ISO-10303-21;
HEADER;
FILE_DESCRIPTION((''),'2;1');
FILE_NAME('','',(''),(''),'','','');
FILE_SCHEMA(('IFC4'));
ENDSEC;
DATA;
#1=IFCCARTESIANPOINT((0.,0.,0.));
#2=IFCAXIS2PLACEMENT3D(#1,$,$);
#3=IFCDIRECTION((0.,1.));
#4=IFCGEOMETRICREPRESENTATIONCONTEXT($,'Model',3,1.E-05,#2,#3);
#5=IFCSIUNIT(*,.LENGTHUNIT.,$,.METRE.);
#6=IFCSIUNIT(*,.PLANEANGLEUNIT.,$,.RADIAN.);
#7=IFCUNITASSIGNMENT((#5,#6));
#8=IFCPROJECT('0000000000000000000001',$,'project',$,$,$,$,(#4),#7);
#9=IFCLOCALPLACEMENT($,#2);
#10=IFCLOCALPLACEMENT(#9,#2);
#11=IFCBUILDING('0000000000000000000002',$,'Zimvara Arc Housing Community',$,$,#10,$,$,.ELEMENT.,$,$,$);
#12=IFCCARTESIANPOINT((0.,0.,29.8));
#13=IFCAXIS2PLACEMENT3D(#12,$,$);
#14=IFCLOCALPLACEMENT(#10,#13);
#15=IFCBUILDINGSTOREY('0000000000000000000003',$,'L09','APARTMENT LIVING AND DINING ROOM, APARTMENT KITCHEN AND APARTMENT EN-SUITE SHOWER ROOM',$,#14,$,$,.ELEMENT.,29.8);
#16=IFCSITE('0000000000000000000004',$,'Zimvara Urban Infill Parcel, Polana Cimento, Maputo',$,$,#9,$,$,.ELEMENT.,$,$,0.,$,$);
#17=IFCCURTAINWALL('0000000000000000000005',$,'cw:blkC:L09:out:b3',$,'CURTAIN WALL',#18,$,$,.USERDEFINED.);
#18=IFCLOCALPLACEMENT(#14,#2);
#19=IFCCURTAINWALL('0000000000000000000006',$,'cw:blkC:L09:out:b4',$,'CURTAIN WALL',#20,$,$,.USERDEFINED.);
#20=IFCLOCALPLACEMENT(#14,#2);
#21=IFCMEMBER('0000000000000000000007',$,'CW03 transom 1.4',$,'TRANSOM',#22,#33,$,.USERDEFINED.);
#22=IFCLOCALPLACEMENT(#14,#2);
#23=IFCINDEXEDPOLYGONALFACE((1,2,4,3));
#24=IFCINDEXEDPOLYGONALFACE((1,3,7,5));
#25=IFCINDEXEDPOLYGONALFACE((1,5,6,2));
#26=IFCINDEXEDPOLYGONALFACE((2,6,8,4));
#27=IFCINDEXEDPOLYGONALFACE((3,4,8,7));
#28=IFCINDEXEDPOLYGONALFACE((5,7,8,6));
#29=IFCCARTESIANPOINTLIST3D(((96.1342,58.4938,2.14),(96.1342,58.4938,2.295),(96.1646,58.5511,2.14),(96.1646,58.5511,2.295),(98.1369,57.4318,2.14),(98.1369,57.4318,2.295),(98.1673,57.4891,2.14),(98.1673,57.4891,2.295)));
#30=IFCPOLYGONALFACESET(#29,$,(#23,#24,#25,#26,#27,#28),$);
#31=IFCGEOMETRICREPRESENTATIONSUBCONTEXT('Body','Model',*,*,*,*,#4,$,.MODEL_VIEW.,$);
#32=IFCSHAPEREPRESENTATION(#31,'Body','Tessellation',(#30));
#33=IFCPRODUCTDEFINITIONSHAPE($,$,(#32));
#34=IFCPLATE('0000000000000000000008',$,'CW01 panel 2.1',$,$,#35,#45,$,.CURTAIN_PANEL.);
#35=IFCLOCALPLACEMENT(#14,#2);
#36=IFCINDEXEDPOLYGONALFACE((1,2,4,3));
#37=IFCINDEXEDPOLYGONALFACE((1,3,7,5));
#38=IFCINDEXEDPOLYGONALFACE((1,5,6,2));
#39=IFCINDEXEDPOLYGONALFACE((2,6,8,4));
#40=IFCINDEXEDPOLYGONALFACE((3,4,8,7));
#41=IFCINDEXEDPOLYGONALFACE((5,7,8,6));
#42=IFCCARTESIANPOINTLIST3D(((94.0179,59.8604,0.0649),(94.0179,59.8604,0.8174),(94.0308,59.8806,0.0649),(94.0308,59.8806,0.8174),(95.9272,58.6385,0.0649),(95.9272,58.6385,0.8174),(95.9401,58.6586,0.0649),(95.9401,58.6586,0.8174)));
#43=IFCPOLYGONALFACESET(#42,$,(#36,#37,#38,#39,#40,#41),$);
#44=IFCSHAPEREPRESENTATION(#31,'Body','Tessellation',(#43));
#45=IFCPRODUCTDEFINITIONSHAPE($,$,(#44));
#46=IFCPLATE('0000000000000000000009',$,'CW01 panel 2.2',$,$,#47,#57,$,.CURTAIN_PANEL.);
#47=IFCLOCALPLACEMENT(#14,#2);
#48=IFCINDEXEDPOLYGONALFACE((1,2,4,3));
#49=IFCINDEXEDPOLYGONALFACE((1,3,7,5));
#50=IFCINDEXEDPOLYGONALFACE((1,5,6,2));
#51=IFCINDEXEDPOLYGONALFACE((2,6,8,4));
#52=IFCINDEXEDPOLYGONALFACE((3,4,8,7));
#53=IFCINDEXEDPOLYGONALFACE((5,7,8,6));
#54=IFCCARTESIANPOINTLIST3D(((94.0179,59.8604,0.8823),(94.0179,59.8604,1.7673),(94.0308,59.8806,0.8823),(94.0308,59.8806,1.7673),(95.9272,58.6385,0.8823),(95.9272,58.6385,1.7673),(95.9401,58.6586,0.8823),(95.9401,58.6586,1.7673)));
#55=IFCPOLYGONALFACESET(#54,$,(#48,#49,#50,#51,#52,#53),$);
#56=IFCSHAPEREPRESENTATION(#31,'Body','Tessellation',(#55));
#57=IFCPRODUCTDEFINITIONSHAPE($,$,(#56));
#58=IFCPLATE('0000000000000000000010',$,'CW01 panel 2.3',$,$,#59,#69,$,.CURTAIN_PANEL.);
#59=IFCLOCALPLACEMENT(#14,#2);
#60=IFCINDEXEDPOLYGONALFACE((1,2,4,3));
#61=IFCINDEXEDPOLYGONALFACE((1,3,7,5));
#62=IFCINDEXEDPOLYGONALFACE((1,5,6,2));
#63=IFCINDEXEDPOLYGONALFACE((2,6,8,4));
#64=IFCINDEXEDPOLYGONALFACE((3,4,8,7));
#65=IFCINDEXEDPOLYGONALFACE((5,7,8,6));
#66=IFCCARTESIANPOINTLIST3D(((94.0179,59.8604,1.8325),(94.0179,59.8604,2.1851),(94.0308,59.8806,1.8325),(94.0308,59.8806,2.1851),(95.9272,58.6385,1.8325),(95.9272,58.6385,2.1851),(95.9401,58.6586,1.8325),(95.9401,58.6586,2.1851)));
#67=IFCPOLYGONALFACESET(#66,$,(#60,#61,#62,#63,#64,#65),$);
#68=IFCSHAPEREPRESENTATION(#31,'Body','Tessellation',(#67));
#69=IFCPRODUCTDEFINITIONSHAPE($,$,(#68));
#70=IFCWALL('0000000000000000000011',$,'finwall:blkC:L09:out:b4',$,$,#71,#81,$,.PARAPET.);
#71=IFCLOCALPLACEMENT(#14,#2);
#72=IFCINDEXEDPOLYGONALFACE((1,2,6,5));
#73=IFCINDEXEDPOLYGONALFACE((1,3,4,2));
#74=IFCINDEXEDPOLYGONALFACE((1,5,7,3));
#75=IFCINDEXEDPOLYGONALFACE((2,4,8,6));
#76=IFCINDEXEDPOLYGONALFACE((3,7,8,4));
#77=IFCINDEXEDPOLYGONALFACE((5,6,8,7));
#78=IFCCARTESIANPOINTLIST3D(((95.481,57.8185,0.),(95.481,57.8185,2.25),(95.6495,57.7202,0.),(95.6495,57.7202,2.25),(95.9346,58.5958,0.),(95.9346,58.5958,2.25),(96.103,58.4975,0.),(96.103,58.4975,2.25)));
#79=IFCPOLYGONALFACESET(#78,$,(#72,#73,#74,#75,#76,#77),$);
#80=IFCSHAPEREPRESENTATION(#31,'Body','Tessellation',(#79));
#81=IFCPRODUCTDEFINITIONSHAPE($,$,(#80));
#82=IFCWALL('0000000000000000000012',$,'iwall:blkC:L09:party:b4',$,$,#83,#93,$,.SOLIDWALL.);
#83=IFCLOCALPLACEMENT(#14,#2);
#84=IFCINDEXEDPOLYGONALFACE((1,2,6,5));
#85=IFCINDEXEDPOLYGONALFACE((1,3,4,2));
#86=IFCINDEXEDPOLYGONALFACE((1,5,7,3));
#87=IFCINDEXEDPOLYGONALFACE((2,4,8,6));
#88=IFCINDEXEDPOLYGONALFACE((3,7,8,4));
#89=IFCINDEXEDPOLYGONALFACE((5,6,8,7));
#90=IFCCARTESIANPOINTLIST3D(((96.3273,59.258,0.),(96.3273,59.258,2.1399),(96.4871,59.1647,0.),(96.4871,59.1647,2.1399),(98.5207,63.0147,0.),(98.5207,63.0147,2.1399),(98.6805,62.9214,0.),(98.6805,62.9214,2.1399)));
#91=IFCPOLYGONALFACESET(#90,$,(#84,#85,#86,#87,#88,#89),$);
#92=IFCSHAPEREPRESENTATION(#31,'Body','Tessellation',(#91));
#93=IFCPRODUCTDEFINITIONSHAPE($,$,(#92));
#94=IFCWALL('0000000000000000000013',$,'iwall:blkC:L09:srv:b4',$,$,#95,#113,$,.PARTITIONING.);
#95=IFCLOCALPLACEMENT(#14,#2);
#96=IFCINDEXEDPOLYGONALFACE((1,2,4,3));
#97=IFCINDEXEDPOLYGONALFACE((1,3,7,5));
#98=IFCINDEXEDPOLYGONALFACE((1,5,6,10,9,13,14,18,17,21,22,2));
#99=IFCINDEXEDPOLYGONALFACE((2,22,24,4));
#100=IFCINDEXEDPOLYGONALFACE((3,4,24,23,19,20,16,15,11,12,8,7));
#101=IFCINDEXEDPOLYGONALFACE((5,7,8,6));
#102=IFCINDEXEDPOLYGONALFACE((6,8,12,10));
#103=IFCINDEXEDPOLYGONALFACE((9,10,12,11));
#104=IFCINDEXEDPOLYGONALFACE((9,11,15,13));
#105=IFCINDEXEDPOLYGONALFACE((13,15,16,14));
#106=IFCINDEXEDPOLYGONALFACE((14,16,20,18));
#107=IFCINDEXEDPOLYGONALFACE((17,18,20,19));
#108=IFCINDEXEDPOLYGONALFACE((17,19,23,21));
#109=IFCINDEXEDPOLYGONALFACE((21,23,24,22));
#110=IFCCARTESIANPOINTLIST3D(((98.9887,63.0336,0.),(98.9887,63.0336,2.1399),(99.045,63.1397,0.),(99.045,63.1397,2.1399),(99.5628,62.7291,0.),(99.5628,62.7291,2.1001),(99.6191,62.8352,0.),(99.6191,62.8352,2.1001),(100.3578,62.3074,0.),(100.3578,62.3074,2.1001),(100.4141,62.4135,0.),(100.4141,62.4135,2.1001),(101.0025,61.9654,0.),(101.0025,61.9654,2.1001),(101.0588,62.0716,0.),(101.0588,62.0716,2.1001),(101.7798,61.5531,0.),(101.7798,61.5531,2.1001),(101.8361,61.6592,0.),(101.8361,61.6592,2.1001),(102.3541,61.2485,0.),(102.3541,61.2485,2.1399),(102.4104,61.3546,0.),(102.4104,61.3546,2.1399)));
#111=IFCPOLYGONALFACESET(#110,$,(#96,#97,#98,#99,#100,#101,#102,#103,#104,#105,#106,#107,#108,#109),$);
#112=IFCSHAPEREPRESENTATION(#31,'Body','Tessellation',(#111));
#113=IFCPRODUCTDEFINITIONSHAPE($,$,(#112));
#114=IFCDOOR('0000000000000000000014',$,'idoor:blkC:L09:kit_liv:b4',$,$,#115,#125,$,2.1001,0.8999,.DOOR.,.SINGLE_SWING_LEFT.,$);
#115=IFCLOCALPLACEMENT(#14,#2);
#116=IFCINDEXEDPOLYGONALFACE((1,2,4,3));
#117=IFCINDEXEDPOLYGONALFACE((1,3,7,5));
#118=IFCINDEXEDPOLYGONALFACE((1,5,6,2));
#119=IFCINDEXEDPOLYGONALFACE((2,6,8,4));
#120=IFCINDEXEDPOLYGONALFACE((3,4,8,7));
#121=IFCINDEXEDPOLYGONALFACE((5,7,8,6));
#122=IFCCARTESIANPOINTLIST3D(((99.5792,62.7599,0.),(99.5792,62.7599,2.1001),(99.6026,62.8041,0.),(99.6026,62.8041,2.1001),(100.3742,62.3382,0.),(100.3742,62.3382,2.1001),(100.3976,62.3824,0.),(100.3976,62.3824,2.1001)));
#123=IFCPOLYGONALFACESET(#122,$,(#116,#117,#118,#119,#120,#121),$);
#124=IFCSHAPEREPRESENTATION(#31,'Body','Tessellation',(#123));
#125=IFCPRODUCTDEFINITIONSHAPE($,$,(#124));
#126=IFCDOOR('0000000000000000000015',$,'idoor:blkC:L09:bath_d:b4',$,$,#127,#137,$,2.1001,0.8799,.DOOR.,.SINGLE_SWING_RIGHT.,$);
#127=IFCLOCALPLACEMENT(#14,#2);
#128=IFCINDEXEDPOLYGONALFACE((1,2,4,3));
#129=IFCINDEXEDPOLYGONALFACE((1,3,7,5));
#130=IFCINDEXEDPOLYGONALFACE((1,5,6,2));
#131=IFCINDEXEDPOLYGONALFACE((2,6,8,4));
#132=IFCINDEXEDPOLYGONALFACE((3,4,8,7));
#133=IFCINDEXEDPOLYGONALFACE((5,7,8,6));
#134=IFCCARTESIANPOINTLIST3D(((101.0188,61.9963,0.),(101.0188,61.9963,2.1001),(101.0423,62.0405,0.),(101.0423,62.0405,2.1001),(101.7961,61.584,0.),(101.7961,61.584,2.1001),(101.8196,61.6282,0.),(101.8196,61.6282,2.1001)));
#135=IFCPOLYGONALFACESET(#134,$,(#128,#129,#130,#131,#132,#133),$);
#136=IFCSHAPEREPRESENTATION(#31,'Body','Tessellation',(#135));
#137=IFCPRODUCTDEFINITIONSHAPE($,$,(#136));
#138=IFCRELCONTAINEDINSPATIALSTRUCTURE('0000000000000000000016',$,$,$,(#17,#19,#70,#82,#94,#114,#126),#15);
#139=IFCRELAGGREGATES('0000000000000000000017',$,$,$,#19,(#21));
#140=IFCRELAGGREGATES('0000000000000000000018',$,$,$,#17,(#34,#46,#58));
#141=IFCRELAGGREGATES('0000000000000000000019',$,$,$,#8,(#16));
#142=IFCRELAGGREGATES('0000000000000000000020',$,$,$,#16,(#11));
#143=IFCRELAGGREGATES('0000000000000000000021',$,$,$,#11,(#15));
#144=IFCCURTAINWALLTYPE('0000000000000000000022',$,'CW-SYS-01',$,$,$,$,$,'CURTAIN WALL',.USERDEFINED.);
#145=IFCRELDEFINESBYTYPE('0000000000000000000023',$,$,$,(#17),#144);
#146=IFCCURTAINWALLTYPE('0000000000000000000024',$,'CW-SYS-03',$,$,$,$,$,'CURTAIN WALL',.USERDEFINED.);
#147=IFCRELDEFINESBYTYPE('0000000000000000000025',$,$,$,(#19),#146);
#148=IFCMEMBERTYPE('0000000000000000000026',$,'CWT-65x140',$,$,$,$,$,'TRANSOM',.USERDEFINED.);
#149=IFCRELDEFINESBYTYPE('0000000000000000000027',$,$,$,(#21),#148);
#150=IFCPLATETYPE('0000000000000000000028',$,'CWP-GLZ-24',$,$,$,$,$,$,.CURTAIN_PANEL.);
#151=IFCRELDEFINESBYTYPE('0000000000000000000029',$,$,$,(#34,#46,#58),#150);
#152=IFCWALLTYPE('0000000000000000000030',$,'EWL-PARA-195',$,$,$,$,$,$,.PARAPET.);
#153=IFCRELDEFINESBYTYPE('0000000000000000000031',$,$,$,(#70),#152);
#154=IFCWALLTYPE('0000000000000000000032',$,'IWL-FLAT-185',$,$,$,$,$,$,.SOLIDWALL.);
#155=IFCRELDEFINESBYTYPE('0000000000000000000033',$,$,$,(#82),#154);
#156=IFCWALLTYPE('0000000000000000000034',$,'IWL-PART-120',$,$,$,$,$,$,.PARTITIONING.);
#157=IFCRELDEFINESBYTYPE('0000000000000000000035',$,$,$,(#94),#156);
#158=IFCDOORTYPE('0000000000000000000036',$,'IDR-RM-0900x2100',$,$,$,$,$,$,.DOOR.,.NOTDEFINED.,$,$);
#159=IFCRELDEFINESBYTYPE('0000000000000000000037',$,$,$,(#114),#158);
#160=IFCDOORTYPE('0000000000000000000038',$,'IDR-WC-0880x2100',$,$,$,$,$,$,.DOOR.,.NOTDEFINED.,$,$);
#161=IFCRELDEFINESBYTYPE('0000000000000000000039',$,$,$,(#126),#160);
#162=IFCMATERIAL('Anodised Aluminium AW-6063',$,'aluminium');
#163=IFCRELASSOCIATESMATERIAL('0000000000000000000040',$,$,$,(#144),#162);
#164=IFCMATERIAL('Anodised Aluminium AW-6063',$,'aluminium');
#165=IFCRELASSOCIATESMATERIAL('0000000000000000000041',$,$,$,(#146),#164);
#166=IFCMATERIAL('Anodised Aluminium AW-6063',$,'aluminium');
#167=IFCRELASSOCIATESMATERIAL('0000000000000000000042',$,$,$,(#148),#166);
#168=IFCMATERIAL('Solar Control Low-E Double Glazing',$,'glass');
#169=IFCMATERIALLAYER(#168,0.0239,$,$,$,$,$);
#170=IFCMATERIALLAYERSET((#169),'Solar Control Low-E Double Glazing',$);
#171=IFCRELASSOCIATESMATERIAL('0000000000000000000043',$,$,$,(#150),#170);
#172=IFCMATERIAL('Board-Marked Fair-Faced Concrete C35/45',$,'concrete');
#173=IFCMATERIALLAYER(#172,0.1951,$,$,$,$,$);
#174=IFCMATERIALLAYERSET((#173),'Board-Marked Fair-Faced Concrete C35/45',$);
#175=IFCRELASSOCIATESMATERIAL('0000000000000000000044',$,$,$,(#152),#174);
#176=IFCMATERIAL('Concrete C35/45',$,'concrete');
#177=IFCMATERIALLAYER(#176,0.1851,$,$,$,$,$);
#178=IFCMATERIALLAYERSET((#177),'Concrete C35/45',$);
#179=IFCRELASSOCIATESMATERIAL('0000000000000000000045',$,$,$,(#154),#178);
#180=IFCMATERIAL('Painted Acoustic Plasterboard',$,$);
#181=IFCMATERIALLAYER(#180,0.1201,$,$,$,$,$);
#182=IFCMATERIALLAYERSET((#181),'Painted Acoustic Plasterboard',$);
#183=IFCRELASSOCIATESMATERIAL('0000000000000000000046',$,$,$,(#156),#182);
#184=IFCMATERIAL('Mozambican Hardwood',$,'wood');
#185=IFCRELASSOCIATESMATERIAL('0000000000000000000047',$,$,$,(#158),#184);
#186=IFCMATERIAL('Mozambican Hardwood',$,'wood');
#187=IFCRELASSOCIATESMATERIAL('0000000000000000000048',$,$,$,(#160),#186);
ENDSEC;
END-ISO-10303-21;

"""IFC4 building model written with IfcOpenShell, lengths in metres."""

from ifc_helpers import new_model, si_unit, direction, frame, frame_2d, origin, origin_2d, place, context, subcontext, project, spatial, rectangle, extrude, material, layer, layer_set, material_profile, profile_set, type_object, element, fill, aggregate, save


model = new_model("IFC4")

# Units and contexts
model_context = context("Model", 3, precision=1e-05, world=origin(), true_north=direction((0.0, 1.0)))
body_context = subcontext(model_context, "Body", "Model", "MODEL_VIEW")
ifc_project = project(units=[si_unit("LENGTHUNIT", "METRE"), si_unit("PLANEANGLEUNIT", "RADIAN")], contexts=[model_context])

# Site, building, storey
site_placement = place(None, origin())
site = spatial("IfcSite", under=ifc_project, at=site_placement, Name="Zimvara Urban Infill Parcel, Polana Cimento, Maputo", CompositionType="ELEMENT", RefElevation=0.0)
building_placement = place(site_placement, origin())
building = spatial("IfcBuilding", under=site, at=building_placement, Name="Zimvara Arc Housing Community", CompositionType="ELEMENT")
storey_placement = place(building_placement, frame((0.0, 0.0, 29.8)))
storey = spatial("IfcBuildingStorey", under=building, at=storey_placement, Name="L09", Description="APARTMENT LIVING AND DINING ROOM, APARTMENT KITCHEN AND APARTMENT EN-SUITE SHOWER ROOM", CompositionType="ELEMENT", Elevation=29.8)

# Curtain walls
ifc_material_1 = material(Name="Anodised Aluminium AW-6063", Category="aluminium")
curtain_wall_type_1 = type_object("IfcCurtainWallType", Name="CW-SYS-01", ElementType="CURTAIN WALL", PredefinedType="USERDEFINED", material=ifc_material_1)
curtain_wall_1_placement = place(storey_placement, origin())
curtain_wall_1 = element("IfcCurtainWall", 1, at=curtain_wall_1_placement, inside=storey, type_object=curtain_wall_type_1, Name="cw:blkC:L09:out:b3", ObjectType="CURTAIN WALL", PredefinedType="USERDEFINED")
ifc_material_2 = material(Name="Anodised Aluminium AW-6063", Category="aluminium")
curtain_wall_type_2 = type_object("IfcCurtainWallType", Name="CW-SYS-03", ElementType="CURTAIN WALL", PredefinedType="USERDEFINED", material=ifc_material_2)
curtain_wall_2_placement = place(storey_placement, origin())
curtain_wall_2 = element("IfcCurtainWall", 2, at=curtain_wall_2_placement, inside=storey, type_object=curtain_wall_type_2, Name="cw:blkC:L09:out:b4", ObjectType="CURTAIN WALL", PredefinedType="USERDEFINED")

# Member
ifc_material_3 = material(Name="Anodised Aluminium AW-6063", Category="aluminium")
ifc_material_profile_1 = material_profile(ifc_material_3, rectangle(XDim=0.0649, YDim=0.155, at=origin_2d()), Name="ALU 65x155")
ifc_profile_set_1 = profile_set([ifc_material_profile_1], Name="Anodised Aluminium AW-6063")
member_type_1 = type_object("IfcMemberType", Name="CWT-65x140", ElementType="TRANSOM", PredefinedType="USERDEFINED", material=ifc_profile_set_1)
member_1_placement = place(storey_placement, frame((96.1494, 58.5225, 2.2175), z_axis=(0.883465, -0.468496, 0.0), x_axis=(0.468496, 0.883465, 0.0)))
member_1 = element("IfcMember", 3, at=member_1_placement, type_object=member_type_1, Name="CW03 transom 1.4", ObjectType="TRANSOM", PredefinedType="USERDEFINED", context=body_context, shape_type="SweptSolid", body=[
    extrude(rectangle(XDim=0.0649, YDim=0.155, at=origin_2d()), origin(), (0.0, 0.0, 1.0), 2.2668),
])
aggregate(curtain_wall_2, [member_1])

# Plates
ifc_material_4 = material(Name="Solar Control Low-E Double Glazing", Category="glass")
ifc_layer_1 = layer(ifc_material_4, 0.0239)
ifc_layer_set_1 = layer_set([ifc_layer_1], Name="Solar Control Low-E Double Glazing")
plate_type = type_object("IfcPlateType", Name="CWP-GLZ-24", PredefinedType="CURTAIN_PANEL", material=ifc_layer_set_1)
plate_1_placement = place(storey_placement, frame((94.979, 59.2595, 0.0649), z_axis=(0.0, 0.0, 1.0), x_axis=(0.842264, -0.539065, 0.0)))
plate_1 = element("IfcPlate", 4, at=plate_1_placement, type_object=plate_type, Name="CW01 panel 2.1", PredefinedType="CURTAIN_PANEL", context=body_context, shape_type="SweptSolid", body=[
    extrude(rectangle(XDim=2.2668, YDim=0.0239, at=origin_2d()), origin(), (0.0, 0.0, 1.0), 0.7524),
])
plate_2_placement = place(storey_placement, frame((94.979, 59.2595, 0.8823), z_axis=(0.0, 0.0, 1.0), x_axis=(0.842264, -0.539065, 0.0)))
plate_2 = element("IfcPlate", 5, at=plate_2_placement, type_object=plate_type, Name="CW01 panel 2.2", PredefinedType="CURTAIN_PANEL", context=body_context, shape_type="SweptSolid", body=[
    extrude(rectangle(XDim=2.2668, YDim=0.0239, at=origin_2d()), origin(), (0.0, 0.0, 1.0), 0.885),
])
plate_3_placement = place(storey_placement, frame((94.979, 59.2595, 1.8325), z_axis=(0.0, 0.0, 1.0), x_axis=(0.842264, -0.539065, 0.0)))
plate_3 = element("IfcPlate", 6, at=plate_3_placement, type_object=plate_type, Name="CW01 panel 2.3", PredefinedType="CURTAIN_PANEL", context=body_context, shape_type="SweptSolid", body=[
    extrude(rectangle(XDim=2.2668, YDim=0.0239, at=origin_2d()), origin(), (0.0, 0.0, 1.0), 0.3525),
])
aggregate(curtain_wall_1, [plate_1, plate_2, plate_3])

# Walls
ifc_material_5 = material(Name="Board-Marked Fair-Faced Concrete C35/45", Category="concrete")
ifc_layer_2 = layer(ifc_material_5, 0.1951)
ifc_layer_set_2 = layer_set([ifc_layer_2], Name="Board-Marked Fair-Faced Concrete C35/45")
wall_type_1 = type_object("IfcWallType", Name="EWL-PARA-195", PredefinedType="PARAPET", material=ifc_layer_set_2)
wall_1_placement = place(storey_placement, frame((96.0188, 58.5466, 0.0), z_axis=(0.0, 0.0, 1.0), x_axis=(-0.504006, -0.8637, 0.0)))
element("IfcWall", 7, at=wall_1_placement, inside=storey, type_object=wall_type_1, Name="finwall:blkC:L09:out:b4", PredefinedType="PARAPET", context=body_context, shape_type="SweptSolid", body=[
    extrude(rectangle(XDim=0.8999, YDim=0.1951, at=frame_2d((0.45, 0.0))), origin(), (0.0, 0.0, 1.0), 2.25),
])
ifc_material_6 = material(Name="Concrete C35/45", Category="concrete")
ifc_layer_3 = layer(ifc_material_6, 0.1851)
ifc_layer_set_3 = layer_set([ifc_layer_3], Name="Concrete C35/45")
wall_type_2 = type_object("IfcWallType", Name="IWL-FLAT-185", PredefinedType="SOLIDWALL", material=ifc_layer_set_3)
wall_2_placement = place(storey_placement, frame((98.6006, 62.968, 0.0), z_axis=(0.0, 0.0, 1.0), x_axis=(-0.504216, -0.863577, 0.0)))
element("IfcWall", 8, at=wall_2_placement, inside=storey, type_object=wall_type_2, Name="iwall:blkC:L09:party:b4", PredefinedType="SOLIDWALL", context=body_context, shape_type="SweptSolid", body=[
    extrude(rectangle(XDim=4.3501, YDim=0.1851, at=frame_2d((2.175, 0.0))), origin(), (0.0, 0.0, 1.0), 2.1399),
])

# Wall, openings, doors
ifc_material_7 = material(Name="Painted Acoustic Plasterboard")
ifc_layer_4 = layer(ifc_material_7, 0.1201)
ifc_layer_set_4 = layer_set([ifc_layer_4], Name="Painted Acoustic Plasterboard")
wall_type_3 = type_object("IfcWallType", Name="IWL-PART-120", PredefinedType="PARTITIONING", material=ifc_layer_set_4)
wall_3_placement = place(storey_placement, frame((99.0168, 63.0867, 0.0), z_axis=(0.0, 0.0, 1.0), x_axis=(0.883415, -0.468591, 0.0)))
wall_3 = element("IfcWall", 9, at=wall_3_placement, inside=storey, type_object=wall_type_3, Name="iwall:blkC:L09:srv:b4", PredefinedType="PARTITIONING", context=body_context, shape_type="SweptSolid", body=[
    extrude(rectangle(XDim=3.8096, YDim=0.1201, at=frame_2d((1.9048, 0.0))), origin(), (0.0, 0.0, 1.0), 2.1399),
])
opening_1_placement = place(wall_3_placement, frame((0.6499, 0.0, 0.0)))
opening_1 = element("IfcOpeningElement", 10, at=opening_1_placement, cuts=wall_3, PredefinedType="OPENING", context=body_context, shape_type="SweptSolid", body=[
    extrude(rectangle(XDim=0.8999, YDim=2.1001, at=frame_2d((0.45, 1.05))), frame((0.0, 0.0701, 0.0), z_axis=(0.0, -1.0, 0.0), x_axis=(1.0, 0.0, 0.0)), (0.0, 0.0, 1.0), 0.1401),
])
opening_2_placement = place(wall_3_placement, frame((2.2795, 0.0, 0.0)))
opening_2 = element("IfcOpeningElement", 11, at=opening_2_placement, cuts=wall_3, PredefinedType="OPENING", context=body_context, shape_type="SweptSolid", body=[
    extrude(rectangle(XDim=0.8799, YDim=2.1001, at=frame_2d((0.4399, 1.05))), frame((0.0, 0.0701, 0.0), z_axis=(0.0, -1.0, 0.0), x_axis=(1.0, 0.0, 0.0)), (0.0, 0.0, 1.0), 0.1401),
])
ifc_material_8 = material(Name="Mozambican Hardwood", Category="wood")
door_type_1 = type_object("IfcDoorType", Name="IDR-RM-0900x2100", OperationType="NOTDEFINED", PredefinedType="DOOR", material=ifc_material_8)
door_1_placement = place(opening_1_placement, origin())
door_1 = element("IfcDoor", 12, at=door_1_placement, inside=storey, type_object=door_type_1, Name="idoor:blkC:L09:kit_liv:b4", OperationType="SINGLE_SWING_LEFT", OverallHeight=2.1001, OverallWidth=0.8999, PredefinedType="DOOR", context=body_context, shape_type="SweptSolid", body=[
    extrude(rectangle(XDim=0.8999, YDim=2.1001, at=frame_2d((0.45, 1.05))), frame((0.0, 0.0249, 0.0), z_axis=(0.0, -1.0, 0.0), x_axis=(1.0, 0.0, 0.0)), (0.0, 0.0, 1.0), 0.05),
])
fill(opening_1, door_1)
ifc_material_9 = material(Name="Mozambican Hardwood", Category="wood")
door_type_2 = type_object("IfcDoorType", Name="IDR-WC-0880x2100", OperationType="NOTDEFINED", PredefinedType="DOOR", material=ifc_material_9)
door_2_placement = place(opening_2_placement, origin())
door_2 = element("IfcDoor", 13, at=door_2_placement, inside=storey, type_object=door_type_2, Name="idoor:blkC:L09:bath_d:b4", OperationType="SINGLE_SWING_RIGHT", OverallHeight=2.1001, OverallWidth=0.8799, PredefinedType="DOOR", context=body_context, shape_type="SweptSolid", body=[
    extrude(rectangle(XDim=0.8799, YDim=2.1001, at=frame_2d((0.4399, 1.05))), frame((0.0, 0.0249, 0.0), z_axis=(0.0, -1.0, 0.0), x_axis=(1.0, 0.0, 0.0)), (0.0, 0.0, 1.0), 0.05),
])
fill(opening_2, door_2)

save(model, "model.ifc")
